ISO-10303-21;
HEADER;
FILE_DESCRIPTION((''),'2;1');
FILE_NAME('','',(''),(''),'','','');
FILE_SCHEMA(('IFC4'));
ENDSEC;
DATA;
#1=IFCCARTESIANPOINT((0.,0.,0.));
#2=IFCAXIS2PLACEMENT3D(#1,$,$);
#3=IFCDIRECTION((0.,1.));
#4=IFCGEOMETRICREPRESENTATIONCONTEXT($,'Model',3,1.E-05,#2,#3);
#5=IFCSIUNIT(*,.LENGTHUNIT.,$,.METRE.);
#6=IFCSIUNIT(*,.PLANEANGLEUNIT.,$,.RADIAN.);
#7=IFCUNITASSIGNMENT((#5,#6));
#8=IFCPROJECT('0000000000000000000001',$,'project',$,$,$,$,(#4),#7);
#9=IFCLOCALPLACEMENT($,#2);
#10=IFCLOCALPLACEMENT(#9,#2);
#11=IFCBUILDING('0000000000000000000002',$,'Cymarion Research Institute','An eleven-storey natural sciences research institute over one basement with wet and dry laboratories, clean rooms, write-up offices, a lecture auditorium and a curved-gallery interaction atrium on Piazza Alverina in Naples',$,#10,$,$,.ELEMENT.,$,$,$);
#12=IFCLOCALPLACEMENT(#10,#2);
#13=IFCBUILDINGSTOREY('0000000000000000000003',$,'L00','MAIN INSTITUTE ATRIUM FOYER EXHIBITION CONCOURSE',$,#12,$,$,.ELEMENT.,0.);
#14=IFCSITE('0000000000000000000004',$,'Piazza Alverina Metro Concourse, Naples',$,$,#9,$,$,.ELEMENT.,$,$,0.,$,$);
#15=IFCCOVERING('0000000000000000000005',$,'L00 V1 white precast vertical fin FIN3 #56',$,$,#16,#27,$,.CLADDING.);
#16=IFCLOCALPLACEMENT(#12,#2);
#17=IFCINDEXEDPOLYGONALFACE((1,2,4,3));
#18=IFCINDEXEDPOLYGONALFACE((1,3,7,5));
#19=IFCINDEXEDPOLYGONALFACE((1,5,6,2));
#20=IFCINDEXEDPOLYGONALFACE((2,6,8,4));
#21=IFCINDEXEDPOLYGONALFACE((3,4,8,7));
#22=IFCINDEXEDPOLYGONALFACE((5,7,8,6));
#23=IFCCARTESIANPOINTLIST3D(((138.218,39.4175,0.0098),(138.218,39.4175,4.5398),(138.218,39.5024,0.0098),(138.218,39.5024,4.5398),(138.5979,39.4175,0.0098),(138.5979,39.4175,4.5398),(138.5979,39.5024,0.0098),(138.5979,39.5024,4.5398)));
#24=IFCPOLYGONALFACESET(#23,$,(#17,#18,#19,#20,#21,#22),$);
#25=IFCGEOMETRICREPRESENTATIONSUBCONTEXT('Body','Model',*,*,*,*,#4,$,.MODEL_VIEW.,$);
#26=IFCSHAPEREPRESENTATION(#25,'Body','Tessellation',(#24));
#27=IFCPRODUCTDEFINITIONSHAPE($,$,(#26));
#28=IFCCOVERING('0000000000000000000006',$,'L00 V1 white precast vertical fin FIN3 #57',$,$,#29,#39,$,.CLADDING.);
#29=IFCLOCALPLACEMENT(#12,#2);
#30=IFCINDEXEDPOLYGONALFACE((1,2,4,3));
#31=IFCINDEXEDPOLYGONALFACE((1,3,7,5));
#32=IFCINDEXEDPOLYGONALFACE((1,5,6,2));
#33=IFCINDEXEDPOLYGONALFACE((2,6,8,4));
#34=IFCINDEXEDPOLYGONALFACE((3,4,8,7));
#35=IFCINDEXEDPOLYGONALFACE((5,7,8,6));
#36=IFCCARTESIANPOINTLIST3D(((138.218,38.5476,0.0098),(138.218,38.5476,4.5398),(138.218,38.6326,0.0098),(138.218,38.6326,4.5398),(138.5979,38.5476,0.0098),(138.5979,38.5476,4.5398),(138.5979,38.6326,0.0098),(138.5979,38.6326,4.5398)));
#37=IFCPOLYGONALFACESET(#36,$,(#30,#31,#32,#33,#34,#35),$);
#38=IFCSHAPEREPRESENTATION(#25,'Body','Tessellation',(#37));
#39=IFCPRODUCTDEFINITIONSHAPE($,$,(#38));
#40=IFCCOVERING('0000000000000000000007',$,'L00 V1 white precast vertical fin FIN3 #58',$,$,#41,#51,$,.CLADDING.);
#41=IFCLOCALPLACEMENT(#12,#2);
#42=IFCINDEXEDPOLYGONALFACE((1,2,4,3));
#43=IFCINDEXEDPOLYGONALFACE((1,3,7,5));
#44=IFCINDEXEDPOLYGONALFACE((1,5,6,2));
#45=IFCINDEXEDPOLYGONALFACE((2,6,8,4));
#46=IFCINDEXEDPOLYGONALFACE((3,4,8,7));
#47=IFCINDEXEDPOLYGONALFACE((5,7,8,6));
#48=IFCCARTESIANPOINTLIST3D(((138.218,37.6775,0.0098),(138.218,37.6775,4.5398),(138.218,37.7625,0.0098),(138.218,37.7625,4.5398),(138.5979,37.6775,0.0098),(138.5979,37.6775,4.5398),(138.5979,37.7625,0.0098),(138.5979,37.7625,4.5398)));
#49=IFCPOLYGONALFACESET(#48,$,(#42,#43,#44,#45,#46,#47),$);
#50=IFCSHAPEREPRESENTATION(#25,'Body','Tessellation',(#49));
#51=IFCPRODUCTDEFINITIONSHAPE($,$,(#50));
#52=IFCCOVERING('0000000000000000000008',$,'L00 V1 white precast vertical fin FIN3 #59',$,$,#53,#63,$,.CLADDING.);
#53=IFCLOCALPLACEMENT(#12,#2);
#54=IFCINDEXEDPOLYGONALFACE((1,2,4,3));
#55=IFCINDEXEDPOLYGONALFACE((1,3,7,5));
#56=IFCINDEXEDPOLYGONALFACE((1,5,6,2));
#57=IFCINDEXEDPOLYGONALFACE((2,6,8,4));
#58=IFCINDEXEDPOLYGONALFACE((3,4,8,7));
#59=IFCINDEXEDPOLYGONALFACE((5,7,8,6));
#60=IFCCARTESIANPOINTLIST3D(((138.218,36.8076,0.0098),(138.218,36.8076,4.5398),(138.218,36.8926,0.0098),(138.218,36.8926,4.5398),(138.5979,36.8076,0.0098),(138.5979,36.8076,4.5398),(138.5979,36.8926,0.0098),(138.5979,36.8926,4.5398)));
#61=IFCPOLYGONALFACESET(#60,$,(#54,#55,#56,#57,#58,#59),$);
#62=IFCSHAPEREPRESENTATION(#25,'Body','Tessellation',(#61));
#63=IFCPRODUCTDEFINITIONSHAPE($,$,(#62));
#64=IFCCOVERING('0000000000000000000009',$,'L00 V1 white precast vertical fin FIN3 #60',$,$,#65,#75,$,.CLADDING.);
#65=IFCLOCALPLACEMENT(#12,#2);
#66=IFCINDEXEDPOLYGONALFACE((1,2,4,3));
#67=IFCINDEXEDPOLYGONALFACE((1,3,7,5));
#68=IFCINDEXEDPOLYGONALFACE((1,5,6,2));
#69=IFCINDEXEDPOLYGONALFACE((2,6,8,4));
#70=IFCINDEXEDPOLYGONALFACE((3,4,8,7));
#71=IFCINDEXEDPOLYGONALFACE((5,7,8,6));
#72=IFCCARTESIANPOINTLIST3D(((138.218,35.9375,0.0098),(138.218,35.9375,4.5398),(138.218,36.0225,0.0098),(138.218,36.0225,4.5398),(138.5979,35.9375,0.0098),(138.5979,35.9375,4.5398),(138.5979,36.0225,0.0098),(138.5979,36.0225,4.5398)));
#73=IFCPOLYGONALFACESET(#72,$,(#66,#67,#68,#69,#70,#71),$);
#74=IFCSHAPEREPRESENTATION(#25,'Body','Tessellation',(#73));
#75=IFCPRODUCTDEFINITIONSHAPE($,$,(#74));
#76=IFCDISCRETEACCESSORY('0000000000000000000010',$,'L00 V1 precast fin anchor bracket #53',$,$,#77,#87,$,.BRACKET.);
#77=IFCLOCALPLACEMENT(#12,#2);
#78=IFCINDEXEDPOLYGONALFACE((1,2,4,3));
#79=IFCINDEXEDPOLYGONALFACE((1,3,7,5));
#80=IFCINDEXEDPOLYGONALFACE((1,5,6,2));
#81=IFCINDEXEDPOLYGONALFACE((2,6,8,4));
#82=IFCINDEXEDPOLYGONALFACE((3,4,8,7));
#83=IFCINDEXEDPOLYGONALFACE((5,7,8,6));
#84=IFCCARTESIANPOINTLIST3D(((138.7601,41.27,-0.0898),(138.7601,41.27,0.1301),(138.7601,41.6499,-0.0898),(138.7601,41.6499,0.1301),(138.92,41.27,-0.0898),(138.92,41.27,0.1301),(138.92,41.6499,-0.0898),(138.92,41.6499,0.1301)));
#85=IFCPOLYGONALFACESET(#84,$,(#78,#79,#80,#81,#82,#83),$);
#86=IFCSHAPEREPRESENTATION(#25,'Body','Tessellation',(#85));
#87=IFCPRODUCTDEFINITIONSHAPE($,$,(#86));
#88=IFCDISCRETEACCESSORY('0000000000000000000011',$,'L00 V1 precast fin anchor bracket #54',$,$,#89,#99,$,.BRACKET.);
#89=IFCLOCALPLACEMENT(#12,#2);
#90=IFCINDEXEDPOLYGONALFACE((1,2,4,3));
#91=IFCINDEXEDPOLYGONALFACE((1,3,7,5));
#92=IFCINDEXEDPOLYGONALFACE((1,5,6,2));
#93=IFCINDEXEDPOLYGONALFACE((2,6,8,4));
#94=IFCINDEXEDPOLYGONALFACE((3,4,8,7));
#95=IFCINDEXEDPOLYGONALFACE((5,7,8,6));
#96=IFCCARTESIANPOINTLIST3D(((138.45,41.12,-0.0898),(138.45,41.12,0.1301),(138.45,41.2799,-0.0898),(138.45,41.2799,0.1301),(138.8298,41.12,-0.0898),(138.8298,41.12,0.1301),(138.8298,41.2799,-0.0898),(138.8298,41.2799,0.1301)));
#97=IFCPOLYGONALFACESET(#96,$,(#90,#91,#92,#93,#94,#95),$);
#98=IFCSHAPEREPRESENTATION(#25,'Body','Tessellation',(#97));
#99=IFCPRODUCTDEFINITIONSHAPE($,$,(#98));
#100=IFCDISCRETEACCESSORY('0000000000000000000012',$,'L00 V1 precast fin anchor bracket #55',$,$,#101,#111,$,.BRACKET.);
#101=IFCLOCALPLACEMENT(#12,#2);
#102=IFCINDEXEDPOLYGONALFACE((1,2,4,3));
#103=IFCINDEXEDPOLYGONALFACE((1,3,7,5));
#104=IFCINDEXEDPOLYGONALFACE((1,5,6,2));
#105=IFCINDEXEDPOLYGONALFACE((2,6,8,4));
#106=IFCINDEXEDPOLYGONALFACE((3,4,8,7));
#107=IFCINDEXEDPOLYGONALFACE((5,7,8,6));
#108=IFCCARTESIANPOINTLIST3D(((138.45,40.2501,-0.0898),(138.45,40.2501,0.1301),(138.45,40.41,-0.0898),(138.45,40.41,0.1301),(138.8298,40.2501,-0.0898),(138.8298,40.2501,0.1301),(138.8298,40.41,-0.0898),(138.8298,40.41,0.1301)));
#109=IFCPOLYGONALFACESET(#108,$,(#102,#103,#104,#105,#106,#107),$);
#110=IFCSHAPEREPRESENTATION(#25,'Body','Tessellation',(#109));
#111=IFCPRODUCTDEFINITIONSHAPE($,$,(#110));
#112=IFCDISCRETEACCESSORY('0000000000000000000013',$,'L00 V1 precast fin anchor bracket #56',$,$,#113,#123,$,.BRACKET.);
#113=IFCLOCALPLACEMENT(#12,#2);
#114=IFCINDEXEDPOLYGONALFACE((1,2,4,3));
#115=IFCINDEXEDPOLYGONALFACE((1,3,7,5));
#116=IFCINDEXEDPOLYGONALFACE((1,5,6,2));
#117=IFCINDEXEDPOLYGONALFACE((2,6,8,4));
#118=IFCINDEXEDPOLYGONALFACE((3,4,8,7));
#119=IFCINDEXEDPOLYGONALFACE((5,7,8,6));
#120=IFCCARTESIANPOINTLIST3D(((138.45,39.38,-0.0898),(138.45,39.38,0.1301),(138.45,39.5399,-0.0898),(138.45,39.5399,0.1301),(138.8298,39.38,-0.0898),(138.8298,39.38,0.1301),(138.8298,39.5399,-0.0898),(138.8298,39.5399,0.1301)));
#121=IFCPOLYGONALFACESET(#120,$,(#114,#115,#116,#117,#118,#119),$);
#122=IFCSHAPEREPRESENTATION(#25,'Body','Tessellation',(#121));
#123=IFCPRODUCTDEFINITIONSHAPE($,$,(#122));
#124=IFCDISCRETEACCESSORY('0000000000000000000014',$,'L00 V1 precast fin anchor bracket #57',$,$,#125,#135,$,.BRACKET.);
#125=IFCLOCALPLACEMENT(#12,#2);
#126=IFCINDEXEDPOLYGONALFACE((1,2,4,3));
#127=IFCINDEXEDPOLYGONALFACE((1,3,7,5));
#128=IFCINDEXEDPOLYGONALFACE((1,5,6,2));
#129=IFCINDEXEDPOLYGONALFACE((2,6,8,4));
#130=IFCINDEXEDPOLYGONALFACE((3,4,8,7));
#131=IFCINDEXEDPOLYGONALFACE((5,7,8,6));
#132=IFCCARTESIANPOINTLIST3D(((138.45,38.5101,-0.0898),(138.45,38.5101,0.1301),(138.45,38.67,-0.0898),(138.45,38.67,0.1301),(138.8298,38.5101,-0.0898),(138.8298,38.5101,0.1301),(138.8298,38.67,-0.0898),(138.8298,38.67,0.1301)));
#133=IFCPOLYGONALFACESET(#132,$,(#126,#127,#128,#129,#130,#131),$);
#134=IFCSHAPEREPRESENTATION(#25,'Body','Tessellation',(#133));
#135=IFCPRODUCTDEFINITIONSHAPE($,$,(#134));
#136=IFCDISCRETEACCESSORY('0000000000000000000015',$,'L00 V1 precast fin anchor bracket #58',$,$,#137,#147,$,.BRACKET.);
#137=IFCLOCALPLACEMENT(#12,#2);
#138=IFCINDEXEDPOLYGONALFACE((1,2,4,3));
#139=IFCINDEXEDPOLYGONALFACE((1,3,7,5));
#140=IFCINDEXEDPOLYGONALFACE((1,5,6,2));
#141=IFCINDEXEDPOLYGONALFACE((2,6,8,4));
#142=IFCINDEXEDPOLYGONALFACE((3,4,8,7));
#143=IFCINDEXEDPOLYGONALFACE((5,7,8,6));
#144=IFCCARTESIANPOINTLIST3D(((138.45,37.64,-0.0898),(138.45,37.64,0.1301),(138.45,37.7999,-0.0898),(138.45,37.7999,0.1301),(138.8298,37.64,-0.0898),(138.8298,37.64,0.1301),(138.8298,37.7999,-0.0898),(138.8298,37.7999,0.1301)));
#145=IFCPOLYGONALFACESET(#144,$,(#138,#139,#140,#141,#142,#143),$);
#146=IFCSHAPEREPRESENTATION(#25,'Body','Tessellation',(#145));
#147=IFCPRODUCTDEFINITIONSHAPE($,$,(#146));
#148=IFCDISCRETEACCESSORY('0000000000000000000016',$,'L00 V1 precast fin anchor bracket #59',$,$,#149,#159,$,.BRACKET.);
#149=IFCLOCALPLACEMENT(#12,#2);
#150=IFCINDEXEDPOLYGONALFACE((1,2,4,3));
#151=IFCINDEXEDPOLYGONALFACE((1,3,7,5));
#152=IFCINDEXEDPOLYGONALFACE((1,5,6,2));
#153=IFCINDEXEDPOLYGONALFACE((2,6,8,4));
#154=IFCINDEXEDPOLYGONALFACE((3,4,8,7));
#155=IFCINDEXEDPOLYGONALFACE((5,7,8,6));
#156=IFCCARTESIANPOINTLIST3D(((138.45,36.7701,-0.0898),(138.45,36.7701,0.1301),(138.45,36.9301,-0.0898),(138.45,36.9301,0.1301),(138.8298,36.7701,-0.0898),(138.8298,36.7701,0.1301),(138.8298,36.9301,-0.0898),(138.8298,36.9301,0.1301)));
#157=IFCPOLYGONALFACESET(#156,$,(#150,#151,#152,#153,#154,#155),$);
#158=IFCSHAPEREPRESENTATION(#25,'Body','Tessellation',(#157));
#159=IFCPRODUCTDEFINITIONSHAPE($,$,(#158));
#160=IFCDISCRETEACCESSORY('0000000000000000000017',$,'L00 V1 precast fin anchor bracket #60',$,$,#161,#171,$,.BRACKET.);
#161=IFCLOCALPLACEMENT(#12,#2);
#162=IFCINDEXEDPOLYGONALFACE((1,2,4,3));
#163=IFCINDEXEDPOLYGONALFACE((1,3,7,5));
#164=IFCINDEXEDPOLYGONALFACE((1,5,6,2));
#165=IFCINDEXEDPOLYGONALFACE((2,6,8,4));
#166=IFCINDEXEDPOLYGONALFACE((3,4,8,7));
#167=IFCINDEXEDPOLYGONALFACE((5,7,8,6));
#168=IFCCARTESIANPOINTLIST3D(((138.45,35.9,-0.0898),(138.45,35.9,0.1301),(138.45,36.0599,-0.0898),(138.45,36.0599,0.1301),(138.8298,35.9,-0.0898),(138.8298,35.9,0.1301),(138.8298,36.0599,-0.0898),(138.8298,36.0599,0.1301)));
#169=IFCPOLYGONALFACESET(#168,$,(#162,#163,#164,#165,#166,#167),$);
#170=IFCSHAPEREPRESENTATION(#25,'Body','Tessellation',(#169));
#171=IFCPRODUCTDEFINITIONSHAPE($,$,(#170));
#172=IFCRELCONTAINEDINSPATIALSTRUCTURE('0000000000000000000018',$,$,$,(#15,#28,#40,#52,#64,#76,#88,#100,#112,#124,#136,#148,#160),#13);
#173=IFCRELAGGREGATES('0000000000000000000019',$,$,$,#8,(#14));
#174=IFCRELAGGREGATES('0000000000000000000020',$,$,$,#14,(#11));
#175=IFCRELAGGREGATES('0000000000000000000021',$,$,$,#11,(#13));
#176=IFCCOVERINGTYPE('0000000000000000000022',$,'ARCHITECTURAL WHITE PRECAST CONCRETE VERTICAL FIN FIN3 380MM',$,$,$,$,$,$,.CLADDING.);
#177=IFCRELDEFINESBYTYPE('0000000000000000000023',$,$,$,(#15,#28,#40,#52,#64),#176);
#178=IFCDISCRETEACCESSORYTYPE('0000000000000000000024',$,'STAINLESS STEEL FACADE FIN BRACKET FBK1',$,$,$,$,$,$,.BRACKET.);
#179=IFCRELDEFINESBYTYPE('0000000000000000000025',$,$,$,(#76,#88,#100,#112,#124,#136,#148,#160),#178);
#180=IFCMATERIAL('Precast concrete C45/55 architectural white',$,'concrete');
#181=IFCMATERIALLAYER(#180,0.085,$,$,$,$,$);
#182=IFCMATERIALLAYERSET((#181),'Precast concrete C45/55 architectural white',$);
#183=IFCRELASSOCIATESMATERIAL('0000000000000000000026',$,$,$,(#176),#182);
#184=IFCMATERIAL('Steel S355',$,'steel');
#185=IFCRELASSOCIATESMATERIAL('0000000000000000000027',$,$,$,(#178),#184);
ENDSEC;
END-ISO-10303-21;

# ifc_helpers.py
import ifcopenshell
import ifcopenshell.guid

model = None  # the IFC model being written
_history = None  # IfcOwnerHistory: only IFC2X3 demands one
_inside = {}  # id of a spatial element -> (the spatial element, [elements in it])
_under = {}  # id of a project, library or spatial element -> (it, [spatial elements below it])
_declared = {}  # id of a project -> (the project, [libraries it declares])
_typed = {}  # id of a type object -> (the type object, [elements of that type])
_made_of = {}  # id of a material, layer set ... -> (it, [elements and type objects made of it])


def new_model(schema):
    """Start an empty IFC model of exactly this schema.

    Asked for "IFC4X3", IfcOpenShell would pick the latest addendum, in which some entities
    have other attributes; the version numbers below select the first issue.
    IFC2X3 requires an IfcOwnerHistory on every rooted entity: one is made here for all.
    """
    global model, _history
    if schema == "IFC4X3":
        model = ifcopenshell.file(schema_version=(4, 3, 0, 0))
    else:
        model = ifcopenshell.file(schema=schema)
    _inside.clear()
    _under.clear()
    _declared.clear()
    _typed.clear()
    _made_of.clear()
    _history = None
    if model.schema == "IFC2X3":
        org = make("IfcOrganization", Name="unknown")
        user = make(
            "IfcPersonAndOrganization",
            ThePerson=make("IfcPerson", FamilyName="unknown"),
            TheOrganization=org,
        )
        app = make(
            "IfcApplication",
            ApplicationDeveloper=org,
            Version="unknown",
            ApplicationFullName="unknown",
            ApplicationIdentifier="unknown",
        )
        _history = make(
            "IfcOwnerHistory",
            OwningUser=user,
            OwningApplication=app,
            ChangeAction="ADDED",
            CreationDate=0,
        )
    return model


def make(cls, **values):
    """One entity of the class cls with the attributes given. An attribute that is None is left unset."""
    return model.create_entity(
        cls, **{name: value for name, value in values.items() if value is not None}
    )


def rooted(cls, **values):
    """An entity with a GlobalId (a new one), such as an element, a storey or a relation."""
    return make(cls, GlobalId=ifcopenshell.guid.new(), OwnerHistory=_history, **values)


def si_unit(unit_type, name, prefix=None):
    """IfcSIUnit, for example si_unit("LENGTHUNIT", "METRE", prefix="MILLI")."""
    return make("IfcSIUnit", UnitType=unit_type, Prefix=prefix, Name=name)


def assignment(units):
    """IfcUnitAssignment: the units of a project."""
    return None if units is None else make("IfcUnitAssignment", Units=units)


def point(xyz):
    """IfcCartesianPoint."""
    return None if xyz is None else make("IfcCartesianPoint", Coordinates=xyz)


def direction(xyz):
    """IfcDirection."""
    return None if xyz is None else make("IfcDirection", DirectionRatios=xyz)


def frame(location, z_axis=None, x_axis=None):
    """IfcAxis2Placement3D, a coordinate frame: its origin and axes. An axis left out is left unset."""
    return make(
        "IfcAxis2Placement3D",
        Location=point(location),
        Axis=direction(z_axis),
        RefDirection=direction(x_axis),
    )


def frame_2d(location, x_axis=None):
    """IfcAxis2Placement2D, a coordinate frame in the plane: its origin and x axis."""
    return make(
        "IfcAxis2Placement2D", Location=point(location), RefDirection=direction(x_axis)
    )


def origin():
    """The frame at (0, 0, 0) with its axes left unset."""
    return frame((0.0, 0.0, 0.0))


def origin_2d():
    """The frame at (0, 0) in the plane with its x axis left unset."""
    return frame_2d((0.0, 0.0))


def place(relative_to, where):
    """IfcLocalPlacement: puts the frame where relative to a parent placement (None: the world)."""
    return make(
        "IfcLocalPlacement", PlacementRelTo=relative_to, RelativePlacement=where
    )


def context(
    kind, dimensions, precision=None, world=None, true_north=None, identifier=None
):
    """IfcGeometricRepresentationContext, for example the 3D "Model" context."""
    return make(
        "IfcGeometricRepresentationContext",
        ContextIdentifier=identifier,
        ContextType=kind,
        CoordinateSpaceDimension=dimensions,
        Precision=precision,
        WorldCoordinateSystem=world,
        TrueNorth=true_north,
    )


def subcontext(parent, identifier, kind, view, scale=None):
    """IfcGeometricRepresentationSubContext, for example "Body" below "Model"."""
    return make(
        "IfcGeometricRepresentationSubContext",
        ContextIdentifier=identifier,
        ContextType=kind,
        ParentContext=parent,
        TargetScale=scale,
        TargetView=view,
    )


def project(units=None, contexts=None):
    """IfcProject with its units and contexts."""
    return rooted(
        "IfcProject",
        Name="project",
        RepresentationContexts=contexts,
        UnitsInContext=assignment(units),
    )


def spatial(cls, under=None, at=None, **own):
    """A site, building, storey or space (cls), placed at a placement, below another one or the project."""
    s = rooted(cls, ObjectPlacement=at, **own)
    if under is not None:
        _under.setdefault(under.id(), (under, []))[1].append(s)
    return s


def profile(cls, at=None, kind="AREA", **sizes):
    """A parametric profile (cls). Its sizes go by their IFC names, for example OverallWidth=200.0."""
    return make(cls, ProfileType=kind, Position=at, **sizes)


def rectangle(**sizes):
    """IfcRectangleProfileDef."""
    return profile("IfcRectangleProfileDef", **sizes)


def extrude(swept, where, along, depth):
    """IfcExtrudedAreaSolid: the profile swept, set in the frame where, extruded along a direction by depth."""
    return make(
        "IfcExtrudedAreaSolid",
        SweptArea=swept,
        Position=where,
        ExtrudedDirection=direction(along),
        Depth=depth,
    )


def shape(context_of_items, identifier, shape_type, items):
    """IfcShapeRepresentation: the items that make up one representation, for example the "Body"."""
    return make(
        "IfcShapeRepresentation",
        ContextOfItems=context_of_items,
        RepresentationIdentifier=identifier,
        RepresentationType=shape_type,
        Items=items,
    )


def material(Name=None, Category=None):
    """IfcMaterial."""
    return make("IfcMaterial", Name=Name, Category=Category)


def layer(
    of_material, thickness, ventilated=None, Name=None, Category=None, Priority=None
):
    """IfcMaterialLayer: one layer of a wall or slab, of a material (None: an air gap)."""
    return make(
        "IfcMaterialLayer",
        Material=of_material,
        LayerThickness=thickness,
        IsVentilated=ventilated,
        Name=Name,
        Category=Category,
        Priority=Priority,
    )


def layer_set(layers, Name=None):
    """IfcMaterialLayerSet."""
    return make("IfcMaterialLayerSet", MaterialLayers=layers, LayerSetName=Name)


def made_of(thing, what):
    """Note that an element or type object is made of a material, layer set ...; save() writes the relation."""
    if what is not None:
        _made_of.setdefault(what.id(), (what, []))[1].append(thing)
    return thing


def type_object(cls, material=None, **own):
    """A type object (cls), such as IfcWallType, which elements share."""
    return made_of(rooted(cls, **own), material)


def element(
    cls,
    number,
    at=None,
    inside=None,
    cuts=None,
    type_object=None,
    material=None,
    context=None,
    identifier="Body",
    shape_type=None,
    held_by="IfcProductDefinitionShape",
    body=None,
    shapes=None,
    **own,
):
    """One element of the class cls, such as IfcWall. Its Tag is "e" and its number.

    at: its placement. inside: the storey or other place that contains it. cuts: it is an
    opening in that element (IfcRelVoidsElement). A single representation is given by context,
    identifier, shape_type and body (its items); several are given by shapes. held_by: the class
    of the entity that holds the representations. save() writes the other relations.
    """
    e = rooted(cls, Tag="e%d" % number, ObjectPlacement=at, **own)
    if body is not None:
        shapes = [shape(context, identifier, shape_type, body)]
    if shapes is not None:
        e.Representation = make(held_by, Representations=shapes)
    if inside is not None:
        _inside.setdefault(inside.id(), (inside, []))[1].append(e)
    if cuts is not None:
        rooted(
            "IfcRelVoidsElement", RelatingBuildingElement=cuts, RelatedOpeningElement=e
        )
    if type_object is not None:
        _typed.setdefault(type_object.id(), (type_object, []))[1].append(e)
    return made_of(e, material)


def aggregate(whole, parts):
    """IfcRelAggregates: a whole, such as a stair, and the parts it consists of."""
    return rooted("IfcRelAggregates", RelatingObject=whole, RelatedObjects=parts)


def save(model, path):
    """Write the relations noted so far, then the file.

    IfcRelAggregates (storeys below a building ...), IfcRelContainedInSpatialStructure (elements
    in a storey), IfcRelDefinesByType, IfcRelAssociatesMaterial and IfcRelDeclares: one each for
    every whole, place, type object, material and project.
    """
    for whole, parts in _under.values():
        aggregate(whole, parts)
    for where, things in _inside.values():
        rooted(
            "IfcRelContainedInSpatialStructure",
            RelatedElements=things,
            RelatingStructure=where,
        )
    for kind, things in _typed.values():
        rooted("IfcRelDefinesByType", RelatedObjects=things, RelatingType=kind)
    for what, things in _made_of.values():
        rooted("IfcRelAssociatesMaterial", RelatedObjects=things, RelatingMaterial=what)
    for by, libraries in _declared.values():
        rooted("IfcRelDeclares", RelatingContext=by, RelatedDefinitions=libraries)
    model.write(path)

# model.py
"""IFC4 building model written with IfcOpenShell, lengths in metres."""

from ifc_helpers import new_model, si_unit, direction, frame, origin, origin_2d, place, context, subcontext, project, spatial, rectangle, extrude, material, layer, layer_set, type_object, element, save


model = new_model("IFC4")

# Units and contexts
model_context = context("Model", 3, precision=1e-05, world=origin(), true_north=direction((0.0, 1.0)))
body_context = subcontext(model_context, "Body", "Model", "MODEL_VIEW")
ifc_project = project(units=[si_unit("LENGTHUNIT", "METRE"), si_unit("PLANEANGLEUNIT", "RADIAN")], contexts=[model_context])

# Site, building, storey
site_placement = place(None, origin())
site = spatial("IfcSite", under=ifc_project, at=site_placement, Name="Piazza Alverina Metro Concourse, Naples", CompositionType="ELEMENT", RefElevation=0.0)
building_placement = place(site_placement, origin())
building = spatial("IfcBuilding", under=site, at=building_placement, Name="Cymarion Research Institute", Description="An eleven-storey natural sciences research institute over one basement with wet and dry laboratories, clean rooms, write-up offices, a lecture auditorium and a curved-gallery interaction atrium on Piazza Alverina in Naples", CompositionType="ELEMENT")
storey_placement = place(building_placement, origin())
storey = spatial("IfcBuildingStorey", under=building, at=storey_placement, Name="L00", Description="MAIN INSTITUTE ATRIUM FOYER EXHIBITION CONCOURSE", CompositionType="ELEMENT", Elevation=0.0)

# Shared definitions
ifc_material_1 = material(Name="Steel S355", Category="steel")

# Coverings
ifc_material_2 = material(Name="Precast concrete C45/55 architectural white", Category="concrete")
ifc_layer_1 = layer(ifc_material_2, 0.085)
ifc_layer_set_1 = layer_set([ifc_layer_1], Name="Precast concrete C45/55 architectural white")
covering_type_1 = type_object("IfcCoveringType", Name="ARCHITECTURAL WHITE PRECAST CONCRETE VERTICAL FIN FIN3 380MM", PredefinedType="CLADDING", material=ifc_layer_set_1)
for number, where, z_axis, x_axis, name in (
    (1, (138.408, 39.46, 0.0098), (0.0, 0.0, 1.0), (-1.0, 0.0, 0.0), "L00 V1 white precast vertical fin FIN3 #56"),
    (2, (138.408, 38.5901, 0.0098), (0.0, 0.0, 1.0), (-1.0, 0.0, 0.0), "L00 V1 white precast vertical fin FIN3 #57"),
    (3, (138.408, 37.72, 0.0098), (0.0, 0.0, 1.0), (-1.0, 0.0, 0.0), "L00 V1 white precast vertical fin FIN3 #58"),
    (4, (138.408, 36.8501, 0.0098), (0.0, 0.0, 1.0), (-1.0, 0.0, 0.0), "L00 V1 white precast vertical fin FIN3 #59"),
    (5, (138.408, 35.98, 0.0098), (0.0, 0.0, 1.0), (-1.0, 0.0, 0.0), "L00 V1 white precast vertical fin FIN3 #60"),
):
    element("IfcCovering", number, at=place(storey_placement, frame(where, z_axis=z_axis, x_axis=x_axis)), inside=storey, type_object=covering_type_1, Name=name, PredefinedType="CLADDING", context=body_context, shape_type="SweptSolid", body=[
        extrude(rectangle(XDim=0.3799, YDim=0.085, at=origin_2d()), origin(), (0.0, 0.0, 1.0), 4.53),
    ])

# Discrete accessories
discrete_accessory_type = type_object("IfcDiscreteAccessoryType", Name="STAINLESS STEEL FACADE FIN BRACKET FBK1", PredefinedType="BRACKET", material=ifc_material_1)
for number, where, z_axis, x_axis, name in (
    (6, (138.8401, 41.46, -0.0898), (0.0, 0.0, 1.0), (0.0, 1.0, 0.0), "L00 V1 precast fin anchor bracket #53"),
    (7, (138.6399, 41.2, -0.0898), (0.0, 0.0, 1.0), (-1.0, 0.0, 0.0), "L00 V1 precast fin anchor bracket #54"),
    (8, (138.6399, 40.3301, -0.0898), (0.0, 0.0, 1.0), (-1.0, 0.0, 0.0), "L00 V1 precast fin anchor bracket #55"),
    (9, (138.6399, 39.46, -0.0898), (0.0, 0.0, 1.0), (-1.0, 0.0, 0.0), "L00 V1 precast fin anchor bracket #56"),
    (10, (138.6399, 38.5901, -0.0898), (0.0, 0.0, 1.0), (-1.0, 0.0, 0.0), "L00 V1 precast fin anchor bracket #57"),
    (11, (138.6399, 37.72, -0.0898), (0.0, 0.0, 1.0), (-1.0, 0.0, 0.0), "L00 V1 precast fin anchor bracket #58"),
    (12, (138.6399, 36.8501, -0.0898), (0.0, 0.0, 1.0), (-1.0, 0.0, 0.0), "L00 V1 precast fin anchor bracket #59"),
    (13, (138.6399, 35.98, -0.0898), (0.0, 0.0, 1.0), (-1.0, 0.0, 0.0), "L00 V1 precast fin anchor bracket #60"),
):
    element("IfcDiscreteAccessory", number, at=place(storey_placement, frame(where, z_axis=z_axis, x_axis=x_axis)), inside=storey, type_object=discrete_accessory_type, Name=name, PredefinedType="BRACKET", context=body_context, shape_type="SweptSolid", body=[
        extrude(rectangle(XDim=0.3799, YDim=0.1599, at=origin_2d()), origin(), (0.0, 0.0, 1.0), 0.22),
    ])

save(model, "model.ifc")
